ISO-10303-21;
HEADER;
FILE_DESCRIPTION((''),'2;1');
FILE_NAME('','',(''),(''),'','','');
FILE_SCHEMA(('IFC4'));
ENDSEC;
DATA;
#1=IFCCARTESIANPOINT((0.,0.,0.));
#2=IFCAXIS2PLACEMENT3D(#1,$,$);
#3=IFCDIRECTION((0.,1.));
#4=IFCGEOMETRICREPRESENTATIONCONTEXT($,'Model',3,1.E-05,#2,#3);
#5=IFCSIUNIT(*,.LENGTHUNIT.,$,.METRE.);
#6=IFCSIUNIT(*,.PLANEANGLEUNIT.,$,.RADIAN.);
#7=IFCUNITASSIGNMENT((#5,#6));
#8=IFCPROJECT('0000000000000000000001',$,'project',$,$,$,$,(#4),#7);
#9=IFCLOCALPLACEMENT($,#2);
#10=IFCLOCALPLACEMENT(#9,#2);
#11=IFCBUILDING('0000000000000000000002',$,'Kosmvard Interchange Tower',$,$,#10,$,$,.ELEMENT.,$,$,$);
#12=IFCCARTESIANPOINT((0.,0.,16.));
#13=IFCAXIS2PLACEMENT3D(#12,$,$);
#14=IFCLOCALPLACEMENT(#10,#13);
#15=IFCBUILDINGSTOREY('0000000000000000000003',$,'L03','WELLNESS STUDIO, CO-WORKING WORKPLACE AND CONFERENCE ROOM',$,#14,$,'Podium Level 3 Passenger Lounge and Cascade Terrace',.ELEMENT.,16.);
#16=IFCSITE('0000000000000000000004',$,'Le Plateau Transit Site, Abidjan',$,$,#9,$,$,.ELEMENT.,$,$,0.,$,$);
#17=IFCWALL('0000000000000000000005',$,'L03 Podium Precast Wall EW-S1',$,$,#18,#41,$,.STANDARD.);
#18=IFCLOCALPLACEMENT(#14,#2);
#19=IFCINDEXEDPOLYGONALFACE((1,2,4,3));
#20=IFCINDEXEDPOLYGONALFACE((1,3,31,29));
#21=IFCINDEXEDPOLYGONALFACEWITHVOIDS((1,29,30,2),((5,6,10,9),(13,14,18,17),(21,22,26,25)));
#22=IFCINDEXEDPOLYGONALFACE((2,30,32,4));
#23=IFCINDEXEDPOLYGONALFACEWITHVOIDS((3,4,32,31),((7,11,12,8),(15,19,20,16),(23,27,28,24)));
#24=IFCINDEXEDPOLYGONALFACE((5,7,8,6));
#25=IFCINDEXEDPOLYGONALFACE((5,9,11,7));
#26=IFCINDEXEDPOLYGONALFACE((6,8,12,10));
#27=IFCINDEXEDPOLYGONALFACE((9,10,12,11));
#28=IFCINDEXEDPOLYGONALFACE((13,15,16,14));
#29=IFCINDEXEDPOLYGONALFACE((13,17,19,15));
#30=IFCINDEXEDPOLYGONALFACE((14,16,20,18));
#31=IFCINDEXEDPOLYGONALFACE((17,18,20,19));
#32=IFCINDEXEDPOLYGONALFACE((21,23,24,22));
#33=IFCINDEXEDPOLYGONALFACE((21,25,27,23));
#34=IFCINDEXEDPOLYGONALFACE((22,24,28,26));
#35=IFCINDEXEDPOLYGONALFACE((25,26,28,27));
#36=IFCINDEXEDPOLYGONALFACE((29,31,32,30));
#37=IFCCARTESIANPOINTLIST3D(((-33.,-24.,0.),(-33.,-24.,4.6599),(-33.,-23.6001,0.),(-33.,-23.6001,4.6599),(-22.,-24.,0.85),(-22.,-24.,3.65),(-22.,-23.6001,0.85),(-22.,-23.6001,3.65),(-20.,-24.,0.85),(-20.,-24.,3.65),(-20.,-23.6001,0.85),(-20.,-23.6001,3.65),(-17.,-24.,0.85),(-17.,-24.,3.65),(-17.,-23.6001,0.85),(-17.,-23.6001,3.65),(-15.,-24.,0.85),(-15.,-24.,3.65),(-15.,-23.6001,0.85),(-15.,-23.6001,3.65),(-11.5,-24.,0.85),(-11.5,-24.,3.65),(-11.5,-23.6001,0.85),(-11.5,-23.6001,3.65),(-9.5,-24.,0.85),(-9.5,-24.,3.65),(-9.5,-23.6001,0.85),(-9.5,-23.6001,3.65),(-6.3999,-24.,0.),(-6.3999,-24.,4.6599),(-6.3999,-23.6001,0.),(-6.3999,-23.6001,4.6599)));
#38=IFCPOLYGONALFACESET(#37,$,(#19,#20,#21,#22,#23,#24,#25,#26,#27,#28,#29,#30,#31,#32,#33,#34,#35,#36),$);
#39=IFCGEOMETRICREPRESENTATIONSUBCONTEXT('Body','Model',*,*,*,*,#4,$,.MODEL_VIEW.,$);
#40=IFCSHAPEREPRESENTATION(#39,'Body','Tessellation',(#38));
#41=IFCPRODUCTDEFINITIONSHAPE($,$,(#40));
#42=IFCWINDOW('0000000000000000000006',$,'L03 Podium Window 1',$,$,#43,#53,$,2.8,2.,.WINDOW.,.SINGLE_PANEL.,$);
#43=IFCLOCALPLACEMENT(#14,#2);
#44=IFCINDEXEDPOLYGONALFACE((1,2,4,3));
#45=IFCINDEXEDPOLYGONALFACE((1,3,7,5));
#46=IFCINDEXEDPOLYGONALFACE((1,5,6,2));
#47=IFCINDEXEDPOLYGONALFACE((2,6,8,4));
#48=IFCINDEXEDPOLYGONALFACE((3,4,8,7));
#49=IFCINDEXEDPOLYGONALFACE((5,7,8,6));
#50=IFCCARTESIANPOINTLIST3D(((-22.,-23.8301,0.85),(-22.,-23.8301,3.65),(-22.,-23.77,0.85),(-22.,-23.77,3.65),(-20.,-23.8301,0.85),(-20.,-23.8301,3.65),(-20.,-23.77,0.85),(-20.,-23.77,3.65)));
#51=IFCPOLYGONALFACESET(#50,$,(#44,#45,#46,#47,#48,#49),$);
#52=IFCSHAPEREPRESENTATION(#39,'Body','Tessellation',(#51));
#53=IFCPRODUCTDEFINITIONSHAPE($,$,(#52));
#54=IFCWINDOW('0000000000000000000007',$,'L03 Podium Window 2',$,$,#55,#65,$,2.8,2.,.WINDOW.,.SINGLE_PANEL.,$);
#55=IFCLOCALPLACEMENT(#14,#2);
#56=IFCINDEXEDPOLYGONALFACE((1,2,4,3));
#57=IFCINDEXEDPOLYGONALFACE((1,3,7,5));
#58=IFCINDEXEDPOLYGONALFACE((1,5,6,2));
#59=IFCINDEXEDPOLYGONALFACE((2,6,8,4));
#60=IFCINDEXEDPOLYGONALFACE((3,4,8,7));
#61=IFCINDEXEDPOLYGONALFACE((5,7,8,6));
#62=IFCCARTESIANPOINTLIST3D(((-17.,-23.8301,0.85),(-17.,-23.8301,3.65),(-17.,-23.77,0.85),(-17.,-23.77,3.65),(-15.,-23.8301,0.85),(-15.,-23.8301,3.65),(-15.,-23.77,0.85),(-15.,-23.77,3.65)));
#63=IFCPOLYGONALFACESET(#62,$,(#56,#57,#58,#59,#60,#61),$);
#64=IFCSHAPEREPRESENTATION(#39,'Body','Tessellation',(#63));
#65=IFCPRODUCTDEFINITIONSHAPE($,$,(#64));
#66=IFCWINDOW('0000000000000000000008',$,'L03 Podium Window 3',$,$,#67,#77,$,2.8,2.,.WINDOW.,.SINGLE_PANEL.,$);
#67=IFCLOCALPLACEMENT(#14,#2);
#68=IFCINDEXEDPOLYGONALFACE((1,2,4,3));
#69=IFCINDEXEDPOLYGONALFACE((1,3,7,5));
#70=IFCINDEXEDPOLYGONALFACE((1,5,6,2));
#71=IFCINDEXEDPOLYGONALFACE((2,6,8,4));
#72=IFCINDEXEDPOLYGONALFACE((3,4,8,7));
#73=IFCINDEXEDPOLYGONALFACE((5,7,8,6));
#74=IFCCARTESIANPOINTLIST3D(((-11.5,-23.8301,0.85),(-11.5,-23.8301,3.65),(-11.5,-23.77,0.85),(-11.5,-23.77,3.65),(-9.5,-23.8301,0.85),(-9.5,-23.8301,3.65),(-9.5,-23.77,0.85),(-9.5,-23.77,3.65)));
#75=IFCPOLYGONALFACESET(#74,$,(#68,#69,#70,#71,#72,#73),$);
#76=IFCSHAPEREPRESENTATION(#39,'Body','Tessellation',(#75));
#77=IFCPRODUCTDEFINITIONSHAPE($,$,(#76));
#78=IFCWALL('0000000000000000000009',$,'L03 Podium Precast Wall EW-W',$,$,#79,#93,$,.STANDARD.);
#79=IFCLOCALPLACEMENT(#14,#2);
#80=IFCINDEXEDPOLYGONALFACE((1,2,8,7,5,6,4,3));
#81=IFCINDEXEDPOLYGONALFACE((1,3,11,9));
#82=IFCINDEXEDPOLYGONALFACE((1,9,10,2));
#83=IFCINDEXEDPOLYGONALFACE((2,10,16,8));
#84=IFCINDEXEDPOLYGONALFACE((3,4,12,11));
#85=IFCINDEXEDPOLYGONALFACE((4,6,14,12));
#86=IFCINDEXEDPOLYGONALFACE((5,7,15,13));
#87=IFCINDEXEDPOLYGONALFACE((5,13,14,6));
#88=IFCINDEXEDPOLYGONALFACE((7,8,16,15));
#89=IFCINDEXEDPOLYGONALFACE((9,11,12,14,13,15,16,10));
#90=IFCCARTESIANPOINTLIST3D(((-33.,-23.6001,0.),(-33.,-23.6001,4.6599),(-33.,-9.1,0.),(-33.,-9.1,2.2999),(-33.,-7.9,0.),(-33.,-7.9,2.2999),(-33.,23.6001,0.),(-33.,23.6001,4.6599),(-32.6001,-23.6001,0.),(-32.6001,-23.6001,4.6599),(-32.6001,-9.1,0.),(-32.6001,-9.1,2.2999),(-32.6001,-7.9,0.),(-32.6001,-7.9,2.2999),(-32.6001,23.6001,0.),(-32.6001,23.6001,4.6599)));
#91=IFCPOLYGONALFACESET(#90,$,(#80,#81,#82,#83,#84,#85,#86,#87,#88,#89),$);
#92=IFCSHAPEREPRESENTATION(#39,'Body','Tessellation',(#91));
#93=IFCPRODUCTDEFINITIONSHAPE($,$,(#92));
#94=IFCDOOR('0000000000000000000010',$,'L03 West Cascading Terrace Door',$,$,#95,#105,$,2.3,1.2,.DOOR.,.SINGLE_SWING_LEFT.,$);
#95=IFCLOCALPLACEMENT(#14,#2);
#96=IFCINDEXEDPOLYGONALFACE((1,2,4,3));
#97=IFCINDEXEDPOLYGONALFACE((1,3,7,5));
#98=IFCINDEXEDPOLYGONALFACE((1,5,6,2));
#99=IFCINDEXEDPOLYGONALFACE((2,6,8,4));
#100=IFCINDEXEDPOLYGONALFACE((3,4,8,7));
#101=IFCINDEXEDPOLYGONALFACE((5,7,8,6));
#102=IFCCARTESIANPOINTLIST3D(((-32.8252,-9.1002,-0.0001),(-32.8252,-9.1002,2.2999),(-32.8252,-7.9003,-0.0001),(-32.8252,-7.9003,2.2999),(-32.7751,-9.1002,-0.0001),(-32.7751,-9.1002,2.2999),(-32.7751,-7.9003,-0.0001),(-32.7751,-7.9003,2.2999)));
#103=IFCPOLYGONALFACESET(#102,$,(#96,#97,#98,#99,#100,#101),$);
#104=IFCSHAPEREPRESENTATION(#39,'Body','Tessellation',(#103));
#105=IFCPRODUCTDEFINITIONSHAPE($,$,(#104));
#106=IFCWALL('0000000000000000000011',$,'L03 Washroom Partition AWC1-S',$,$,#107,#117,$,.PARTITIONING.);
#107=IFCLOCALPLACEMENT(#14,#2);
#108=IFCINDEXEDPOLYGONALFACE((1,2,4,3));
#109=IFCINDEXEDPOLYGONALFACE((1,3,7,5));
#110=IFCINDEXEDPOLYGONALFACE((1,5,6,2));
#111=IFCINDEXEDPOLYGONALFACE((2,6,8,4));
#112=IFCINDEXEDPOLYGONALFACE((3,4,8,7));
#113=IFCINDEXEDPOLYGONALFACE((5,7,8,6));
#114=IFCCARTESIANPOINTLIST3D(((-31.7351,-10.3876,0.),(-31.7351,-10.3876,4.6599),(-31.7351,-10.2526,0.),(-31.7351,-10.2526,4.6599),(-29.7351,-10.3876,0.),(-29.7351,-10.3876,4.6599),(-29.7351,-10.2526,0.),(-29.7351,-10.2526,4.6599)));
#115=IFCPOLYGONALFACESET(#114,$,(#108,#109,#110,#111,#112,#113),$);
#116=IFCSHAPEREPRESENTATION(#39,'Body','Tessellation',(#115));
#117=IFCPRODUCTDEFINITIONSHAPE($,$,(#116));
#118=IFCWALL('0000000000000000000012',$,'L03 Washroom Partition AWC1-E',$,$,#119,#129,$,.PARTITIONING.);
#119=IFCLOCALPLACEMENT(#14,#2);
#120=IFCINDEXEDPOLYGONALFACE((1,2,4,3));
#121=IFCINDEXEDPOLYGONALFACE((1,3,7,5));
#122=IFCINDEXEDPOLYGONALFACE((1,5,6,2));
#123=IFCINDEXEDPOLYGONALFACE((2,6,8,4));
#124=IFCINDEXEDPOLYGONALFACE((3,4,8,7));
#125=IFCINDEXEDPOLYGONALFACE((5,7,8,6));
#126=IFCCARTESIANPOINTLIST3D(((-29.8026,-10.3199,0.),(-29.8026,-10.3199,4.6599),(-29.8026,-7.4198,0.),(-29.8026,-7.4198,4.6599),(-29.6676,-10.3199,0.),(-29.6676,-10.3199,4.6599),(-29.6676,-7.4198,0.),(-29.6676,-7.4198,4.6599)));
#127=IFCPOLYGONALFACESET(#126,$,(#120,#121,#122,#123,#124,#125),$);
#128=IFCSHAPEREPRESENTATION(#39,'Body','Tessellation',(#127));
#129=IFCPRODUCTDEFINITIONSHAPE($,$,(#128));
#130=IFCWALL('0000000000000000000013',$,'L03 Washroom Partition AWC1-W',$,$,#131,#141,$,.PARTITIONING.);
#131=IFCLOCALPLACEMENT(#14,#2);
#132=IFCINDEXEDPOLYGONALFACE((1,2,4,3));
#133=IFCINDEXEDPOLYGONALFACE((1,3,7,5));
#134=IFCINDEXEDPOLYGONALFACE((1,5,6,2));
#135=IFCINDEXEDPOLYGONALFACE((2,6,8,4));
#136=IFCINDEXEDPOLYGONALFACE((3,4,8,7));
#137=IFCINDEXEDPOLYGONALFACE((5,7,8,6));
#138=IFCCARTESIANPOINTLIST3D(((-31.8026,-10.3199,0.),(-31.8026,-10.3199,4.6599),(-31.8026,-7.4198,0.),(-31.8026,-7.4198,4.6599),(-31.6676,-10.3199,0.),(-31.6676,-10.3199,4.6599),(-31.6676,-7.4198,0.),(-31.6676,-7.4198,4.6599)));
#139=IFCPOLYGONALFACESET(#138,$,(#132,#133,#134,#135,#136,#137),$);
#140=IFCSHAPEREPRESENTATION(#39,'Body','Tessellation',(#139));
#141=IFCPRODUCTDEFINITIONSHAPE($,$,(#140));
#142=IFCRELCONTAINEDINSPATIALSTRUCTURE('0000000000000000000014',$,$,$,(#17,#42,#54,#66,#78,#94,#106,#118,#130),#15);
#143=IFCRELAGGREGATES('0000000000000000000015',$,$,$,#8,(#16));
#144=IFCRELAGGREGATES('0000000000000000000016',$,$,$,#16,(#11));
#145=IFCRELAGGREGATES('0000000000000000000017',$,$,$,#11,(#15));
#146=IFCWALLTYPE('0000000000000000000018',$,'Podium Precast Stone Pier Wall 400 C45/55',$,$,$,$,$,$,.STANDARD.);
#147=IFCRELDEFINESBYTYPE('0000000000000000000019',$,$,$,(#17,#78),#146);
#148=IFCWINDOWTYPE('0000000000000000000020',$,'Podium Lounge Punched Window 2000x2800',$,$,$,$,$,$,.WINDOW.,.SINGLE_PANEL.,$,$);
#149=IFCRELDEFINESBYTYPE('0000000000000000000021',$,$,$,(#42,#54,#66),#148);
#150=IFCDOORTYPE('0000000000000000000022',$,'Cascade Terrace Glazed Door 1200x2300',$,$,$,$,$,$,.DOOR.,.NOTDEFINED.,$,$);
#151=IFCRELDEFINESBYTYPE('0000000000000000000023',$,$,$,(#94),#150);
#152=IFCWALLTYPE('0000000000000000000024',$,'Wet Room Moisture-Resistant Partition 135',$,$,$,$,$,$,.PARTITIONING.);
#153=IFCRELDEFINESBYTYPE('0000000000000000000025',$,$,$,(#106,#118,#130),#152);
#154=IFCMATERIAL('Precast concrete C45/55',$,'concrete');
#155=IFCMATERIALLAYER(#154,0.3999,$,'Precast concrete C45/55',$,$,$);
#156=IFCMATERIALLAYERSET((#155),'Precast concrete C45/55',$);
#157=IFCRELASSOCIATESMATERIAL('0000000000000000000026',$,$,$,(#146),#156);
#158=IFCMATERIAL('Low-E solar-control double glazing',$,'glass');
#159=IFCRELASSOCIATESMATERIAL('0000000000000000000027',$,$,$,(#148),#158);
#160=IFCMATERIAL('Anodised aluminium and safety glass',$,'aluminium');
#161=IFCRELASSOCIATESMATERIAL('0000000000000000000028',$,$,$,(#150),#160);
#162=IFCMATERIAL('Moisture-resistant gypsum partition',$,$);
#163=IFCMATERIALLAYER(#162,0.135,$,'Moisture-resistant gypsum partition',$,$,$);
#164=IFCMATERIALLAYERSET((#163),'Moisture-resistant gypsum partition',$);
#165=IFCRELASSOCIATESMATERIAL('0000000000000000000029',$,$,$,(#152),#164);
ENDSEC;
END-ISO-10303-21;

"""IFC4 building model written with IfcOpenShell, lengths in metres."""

from ifc_helpers import new_model, si_unit, direction, frame, frame_2d, origin, place, context, subcontext, project, spatial, rectangle, extrude, source, transform, mapped, material, layer, layer_set, type_object, element, fill, save


model = new_model("IFC4")

# Units and contexts
model_context = context("Model", 3, precision=1e-05, world=origin(), true_north=direction((0.0, 1.0)))
body_context = subcontext(model_context, "Body", "Model", "MODEL_VIEW")
ifc_project = project(units=[si_unit("LENGTHUNIT", "METRE"), si_unit("PLANEANGLEUNIT", "RADIAN")], contexts=[model_context])

# Site, building, storey
site_placement = place(None, origin())
site = spatial("IfcSite", under=ifc_project, at=site_placement, Name="Le Plateau Transit Site, Abidjan", CompositionType="ELEMENT", RefElevation=0.0)
building_placement = place(site_placement, origin())
building = spatial("IfcBuilding", under=site, at=building_placement, Name="Kosmvard Interchange Tower", CompositionType="ELEMENT")
storey_placement = place(building_placement, frame((0.0, 0.0, 16.0)))
storey = spatial("IfcBuildingStorey", under=building, at=storey_placement, Name="L03", Description="WELLNESS STUDIO, CO-WORKING WORKPLACE AND CONFERENCE ROOM", LongName="Podium Level 3 Passenger Lounge and Cascade Terrace", CompositionType="ELEMENT", Elevation=16.0)

# Wall, openings, windows
ifc_material_1 = material(Name="Precast concrete C45/55", Category="concrete")
ifc_layer_1 = layer(ifc_material_1, 0.3999, Name="Precast concrete C45/55")
ifc_layer_set_1 = layer_set([ifc_layer_1], Name="Precast concrete C45/55")
wall_type_1 = type_object("IfcWallType", Name="Podium Precast Stone Pier Wall 400 C45/55", PredefinedType="STANDARD", material=ifc_layer_set_1)
wall_1_placement = place(storey_placement, frame((-33.0, -23.8, 0.0), z_axis=(0.0, 0.0, 1.0), x_axis=(1.0, 0.0, 0.0)))
wall_1 = element("IfcWall", 1, at=wall_1_placement, inside=storey, type_object=wall_type_1, Name="L03 Podium Precast Wall EW-S1", PredefinedType="STANDARD", context=body_context, shape_type="SweptSolid", body=[
    extrude(rectangle(XDim=26.6001, YDim=0.3999, at=frame_2d((13.3, 0.0))), origin(), (0.0, 0.0, 1.0), 4.6599),
])
opening_1_placement = place(wall_1_placement, frame((11.0, 0.0, 0.8501)))
opening_1 = element("IfcOpeningElement", 2, at=opening_1_placement, cuts=wall_1, PredefinedType="OPENING", context=body_context, shape_type="SweptSolid", body=[
    extrude(rectangle(XDim=2.0, YDim=2.8, at=frame_2d((1.0, 1.3999))), frame((0.0, 0.21, 0.0), z_axis=(0.0, -1.0, 0.0), x_axis=(1.0, 0.0, 0.0)), (0.0, 0.0, 1.0), 0.4199),
])
opening_2_placement = place(wall_1_placement, frame((16.0, 0.0, 0.8501)))
opening_2 = element("IfcOpeningElement", 3, at=opening_2_placement, cuts=wall_1, PredefinedType="OPENING", context=body_context, shape_type="SweptSolid", body=[
    extrude(rectangle(XDim=2.0, YDim=2.8, at=frame_2d((1.0, 1.3999))), frame((0.0, 0.21, 0.0), z_axis=(0.0, -1.0, 0.0), x_axis=(1.0, 0.0, 0.0)), (0.0, 0.0, 1.0), 0.4199),
])
opening_3_placement = place(wall_1_placement, frame((21.5, 0.0, 0.8501)))
opening_3 = element("IfcOpeningElement", 4, at=opening_3_placement, cuts=wall_1, PredefinedType="OPENING", context=body_context, shape_type="SweptSolid", body=[
    extrude(rectangle(XDim=2.0, YDim=2.8, at=frame_2d((1.0, 1.3999))), frame((0.0, 0.21, 0.0), z_axis=(0.0, -1.0, 0.0), x_axis=(1.0, 0.0, 0.0)), (0.0, 0.0, 1.0), 0.4199),
])
ifc_material_2 = material(Name="Low-E solar-control double glazing", Category="glass")
window_type = type_object("IfcWindowType", Name="Podium Lounge Punched Window 2000x2800", PartitioningType="SINGLE_PANEL", PredefinedType="WINDOW", material=ifc_material_2)
shared_shape_1 = source(origin(), body_context, "Body", "SweptSolid", [
    extrude(rectangle(XDim=2.0, YDim=2.8, at=frame_2d((1.0, 1.3999))), frame((0.0, 0.03, 0.0), z_axis=(0.0, -1.0, 0.0), x_axis=(1.0, 0.0, 0.0)), (0.0, 0.0, 1.0), 0.0601),
])
window_1_placement = place(opening_1_placement, origin())
window_1 = element("IfcWindow", 5, at=window_1_placement, inside=storey, type_object=window_type, Name="L03 Podium Window 1", OverallHeight=2.8, OverallWidth=2.0, PartitioningType="SINGLE_PANEL", PredefinedType="WINDOW", context=body_context, shape_type="MappedRepresentation", body=[
    mapped(shared_shape_1, transform((0.0, 0.0, 0.0), scale=1.0)),
])
fill(opening_1, window_1)
window_2_placement = place(opening_2_placement, origin())
window_2 = element("IfcWindow", 6, at=window_2_placement, inside=storey, type_object=window_type, Name="L03 Podium Window 2", OverallHeight=2.8, OverallWidth=2.0, PartitioningType="SINGLE_PANEL", PredefinedType="WINDOW", context=body_context, shape_type="MappedRepresentation", body=[
    mapped(shared_shape_1, transform((0.0, 0.0, 0.0), scale=1.0)),
])
fill(opening_2, window_2)
window_3_placement = place(opening_3_placement, origin())
window_3 = element("IfcWindow", 7, at=window_3_placement, inside=storey, type_object=window_type, Name="L03 Podium Window 3", OverallHeight=2.8, OverallWidth=2.0, PartitioningType="SINGLE_PANEL", PredefinedType="WINDOW", context=body_context, shape_type="MappedRepresentation", body=[
    mapped(shared_shape_1, transform((0.0, 0.0, 0.0), scale=1.0)),
])
fill(opening_3, window_3)

# Wall, opening, door
wall_2_placement = place(storey_placement, frame((-32.8, -23.6001, 0.0), z_axis=(0.0, 0.0, 1.0), x_axis=(0.0, 1.0, 0.0)))
wall_2 = element("IfcWall", 8, at=wall_2_placement, inside=storey, type_object=wall_type_1, Name="L03 Podium Precast Wall EW-W", PredefinedType="STANDARD", context=body_context, shape_type="SweptSolid", body=[
    extrude(rectangle(XDim=47.2002, YDim=0.3999, at=frame_2d((23.6001, 0.0))), origin(), (0.0, 0.0, 1.0), 4.6599),
])
opening_4_placement = place(wall_2_placement, frame((14.5, 0.0, 0.0)))
opening_4 = element("IfcOpeningElement", 9, at=opening_4_placement, cuts=wall_2, PredefinedType="OPENING", context=body_context, shape_type="SweptSolid", body=[
    extrude(rectangle(XDim=1.2, YDim=2.3, at=frame_2d((0.6001, 1.1499))), frame((0.0, 0.21, 0.0), z_axis=(0.0, -1.0, 0.0), x_axis=(1.0, 0.0, 0.0)), (0.0, 0.0, 1.0), 0.4199),
])
ifc_material_3 = material(Name="Anodised aluminium and safety glass", Category="aluminium")
door_type_1 = type_object("IfcDoorType", Name="Cascade Terrace Glazed Door 1200x2300", OperationType="NOTDEFINED", PredefinedType="DOOR", material=ifc_material_3)
shared_shape_2 = source(origin(), body_context, "Body", "SweptSolid", [
    extrude(rectangle(XDim=1.2, YDim=2.3, at=frame_2d((0.6001, 1.1499))), frame((0.0, 0.0249, 0.0), z_axis=(0.0, -1.0, 0.0), x_axis=(1.0, 0.0, 0.0)), (0.0, 0.0, 1.0), 0.05),
])
door_1_placement = place(opening_4_placement, frame((1.2, 0.0, 0.0), z_axis=(0.0, 0.0, 1.0), x_axis=(-1.0, 0.0, 0.0)))
door_1 = element("IfcDoor", 10, at=door_1_placement, inside=storey, type_object=door_type_1, Name="L03 West Cascading Terrace Door", OperationType="SINGLE_SWING_LEFT", OverallHeight=2.3, OverallWidth=1.2, PredefinedType="DOOR", context=body_context, shape_type="MappedRepresentation", body=[
    mapped(shared_shape_2, transform((0.0, 0.0, 0.0), scale=1.0)),
])
fill(opening_4, door_1)

# Walls
ifc_material_4 = material(Name="Moisture-resistant gypsum partition")
ifc_layer_2 = layer(ifc_material_4, 0.135, Name="Moisture-resistant gypsum partition")
ifc_layer_set_2 = layer_set([ifc_layer_2], Name="Moisture-resistant gypsum partition")
wall_type_2 = type_object("IfcWallType", Name="Wet Room Moisture-Resistant Partition 135", PredefinedType="PARTITIONING", material=ifc_layer_set_2)
wall_3_placement = place(storey_placement, frame((-31.7351, -10.3201, 0.0), z_axis=(0.0, 0.0, 1.0), x_axis=(1.0, 0.0, 0.0)))
element("IfcWall", 11, at=wall_3_placement, inside=storey, type_object=wall_type_2, Name="L03 Washroom Partition AWC1-S", PredefinedType="PARTITIONING", context=body_context, shape_type="SweptSolid", body=[
    extrude(rectangle(XDim=2.0, YDim=0.135, at=frame_2d((1.0, 0.0))), origin(), (0.0, 0.0, 1.0), 4.6599),
])
for number, where, z_axis, x_axis, name in (
    (12, (-29.7351, -10.3201, 0.0), (0.0, 0.0, 1.0), (0.0, 1.0, 0.0), "L03 Washroom Partition AWC1-E"),
    (13, (-31.7351, -10.3201, 0.0), (0.0, 0.0, 1.0), (0.0, 1.0, 0.0), "L03 Washroom Partition AWC1-W"),
):
    element("IfcWall", number, at=place(storey_placement, frame(where, z_axis=z_axis, x_axis=x_axis)), inside=storey, type_object=wall_type_2, Name=name, PredefinedType="PARTITIONING", context=body_context, shape_type="SweptSolid", body=[
        extrude(rectangle(XDim=2.9001, YDim=0.135, at=frame_2d((1.4502, 0.0))), origin(), (0.0, 0.0, 1.0), 4.6599),
    ])

save(model, "model.ifc")
